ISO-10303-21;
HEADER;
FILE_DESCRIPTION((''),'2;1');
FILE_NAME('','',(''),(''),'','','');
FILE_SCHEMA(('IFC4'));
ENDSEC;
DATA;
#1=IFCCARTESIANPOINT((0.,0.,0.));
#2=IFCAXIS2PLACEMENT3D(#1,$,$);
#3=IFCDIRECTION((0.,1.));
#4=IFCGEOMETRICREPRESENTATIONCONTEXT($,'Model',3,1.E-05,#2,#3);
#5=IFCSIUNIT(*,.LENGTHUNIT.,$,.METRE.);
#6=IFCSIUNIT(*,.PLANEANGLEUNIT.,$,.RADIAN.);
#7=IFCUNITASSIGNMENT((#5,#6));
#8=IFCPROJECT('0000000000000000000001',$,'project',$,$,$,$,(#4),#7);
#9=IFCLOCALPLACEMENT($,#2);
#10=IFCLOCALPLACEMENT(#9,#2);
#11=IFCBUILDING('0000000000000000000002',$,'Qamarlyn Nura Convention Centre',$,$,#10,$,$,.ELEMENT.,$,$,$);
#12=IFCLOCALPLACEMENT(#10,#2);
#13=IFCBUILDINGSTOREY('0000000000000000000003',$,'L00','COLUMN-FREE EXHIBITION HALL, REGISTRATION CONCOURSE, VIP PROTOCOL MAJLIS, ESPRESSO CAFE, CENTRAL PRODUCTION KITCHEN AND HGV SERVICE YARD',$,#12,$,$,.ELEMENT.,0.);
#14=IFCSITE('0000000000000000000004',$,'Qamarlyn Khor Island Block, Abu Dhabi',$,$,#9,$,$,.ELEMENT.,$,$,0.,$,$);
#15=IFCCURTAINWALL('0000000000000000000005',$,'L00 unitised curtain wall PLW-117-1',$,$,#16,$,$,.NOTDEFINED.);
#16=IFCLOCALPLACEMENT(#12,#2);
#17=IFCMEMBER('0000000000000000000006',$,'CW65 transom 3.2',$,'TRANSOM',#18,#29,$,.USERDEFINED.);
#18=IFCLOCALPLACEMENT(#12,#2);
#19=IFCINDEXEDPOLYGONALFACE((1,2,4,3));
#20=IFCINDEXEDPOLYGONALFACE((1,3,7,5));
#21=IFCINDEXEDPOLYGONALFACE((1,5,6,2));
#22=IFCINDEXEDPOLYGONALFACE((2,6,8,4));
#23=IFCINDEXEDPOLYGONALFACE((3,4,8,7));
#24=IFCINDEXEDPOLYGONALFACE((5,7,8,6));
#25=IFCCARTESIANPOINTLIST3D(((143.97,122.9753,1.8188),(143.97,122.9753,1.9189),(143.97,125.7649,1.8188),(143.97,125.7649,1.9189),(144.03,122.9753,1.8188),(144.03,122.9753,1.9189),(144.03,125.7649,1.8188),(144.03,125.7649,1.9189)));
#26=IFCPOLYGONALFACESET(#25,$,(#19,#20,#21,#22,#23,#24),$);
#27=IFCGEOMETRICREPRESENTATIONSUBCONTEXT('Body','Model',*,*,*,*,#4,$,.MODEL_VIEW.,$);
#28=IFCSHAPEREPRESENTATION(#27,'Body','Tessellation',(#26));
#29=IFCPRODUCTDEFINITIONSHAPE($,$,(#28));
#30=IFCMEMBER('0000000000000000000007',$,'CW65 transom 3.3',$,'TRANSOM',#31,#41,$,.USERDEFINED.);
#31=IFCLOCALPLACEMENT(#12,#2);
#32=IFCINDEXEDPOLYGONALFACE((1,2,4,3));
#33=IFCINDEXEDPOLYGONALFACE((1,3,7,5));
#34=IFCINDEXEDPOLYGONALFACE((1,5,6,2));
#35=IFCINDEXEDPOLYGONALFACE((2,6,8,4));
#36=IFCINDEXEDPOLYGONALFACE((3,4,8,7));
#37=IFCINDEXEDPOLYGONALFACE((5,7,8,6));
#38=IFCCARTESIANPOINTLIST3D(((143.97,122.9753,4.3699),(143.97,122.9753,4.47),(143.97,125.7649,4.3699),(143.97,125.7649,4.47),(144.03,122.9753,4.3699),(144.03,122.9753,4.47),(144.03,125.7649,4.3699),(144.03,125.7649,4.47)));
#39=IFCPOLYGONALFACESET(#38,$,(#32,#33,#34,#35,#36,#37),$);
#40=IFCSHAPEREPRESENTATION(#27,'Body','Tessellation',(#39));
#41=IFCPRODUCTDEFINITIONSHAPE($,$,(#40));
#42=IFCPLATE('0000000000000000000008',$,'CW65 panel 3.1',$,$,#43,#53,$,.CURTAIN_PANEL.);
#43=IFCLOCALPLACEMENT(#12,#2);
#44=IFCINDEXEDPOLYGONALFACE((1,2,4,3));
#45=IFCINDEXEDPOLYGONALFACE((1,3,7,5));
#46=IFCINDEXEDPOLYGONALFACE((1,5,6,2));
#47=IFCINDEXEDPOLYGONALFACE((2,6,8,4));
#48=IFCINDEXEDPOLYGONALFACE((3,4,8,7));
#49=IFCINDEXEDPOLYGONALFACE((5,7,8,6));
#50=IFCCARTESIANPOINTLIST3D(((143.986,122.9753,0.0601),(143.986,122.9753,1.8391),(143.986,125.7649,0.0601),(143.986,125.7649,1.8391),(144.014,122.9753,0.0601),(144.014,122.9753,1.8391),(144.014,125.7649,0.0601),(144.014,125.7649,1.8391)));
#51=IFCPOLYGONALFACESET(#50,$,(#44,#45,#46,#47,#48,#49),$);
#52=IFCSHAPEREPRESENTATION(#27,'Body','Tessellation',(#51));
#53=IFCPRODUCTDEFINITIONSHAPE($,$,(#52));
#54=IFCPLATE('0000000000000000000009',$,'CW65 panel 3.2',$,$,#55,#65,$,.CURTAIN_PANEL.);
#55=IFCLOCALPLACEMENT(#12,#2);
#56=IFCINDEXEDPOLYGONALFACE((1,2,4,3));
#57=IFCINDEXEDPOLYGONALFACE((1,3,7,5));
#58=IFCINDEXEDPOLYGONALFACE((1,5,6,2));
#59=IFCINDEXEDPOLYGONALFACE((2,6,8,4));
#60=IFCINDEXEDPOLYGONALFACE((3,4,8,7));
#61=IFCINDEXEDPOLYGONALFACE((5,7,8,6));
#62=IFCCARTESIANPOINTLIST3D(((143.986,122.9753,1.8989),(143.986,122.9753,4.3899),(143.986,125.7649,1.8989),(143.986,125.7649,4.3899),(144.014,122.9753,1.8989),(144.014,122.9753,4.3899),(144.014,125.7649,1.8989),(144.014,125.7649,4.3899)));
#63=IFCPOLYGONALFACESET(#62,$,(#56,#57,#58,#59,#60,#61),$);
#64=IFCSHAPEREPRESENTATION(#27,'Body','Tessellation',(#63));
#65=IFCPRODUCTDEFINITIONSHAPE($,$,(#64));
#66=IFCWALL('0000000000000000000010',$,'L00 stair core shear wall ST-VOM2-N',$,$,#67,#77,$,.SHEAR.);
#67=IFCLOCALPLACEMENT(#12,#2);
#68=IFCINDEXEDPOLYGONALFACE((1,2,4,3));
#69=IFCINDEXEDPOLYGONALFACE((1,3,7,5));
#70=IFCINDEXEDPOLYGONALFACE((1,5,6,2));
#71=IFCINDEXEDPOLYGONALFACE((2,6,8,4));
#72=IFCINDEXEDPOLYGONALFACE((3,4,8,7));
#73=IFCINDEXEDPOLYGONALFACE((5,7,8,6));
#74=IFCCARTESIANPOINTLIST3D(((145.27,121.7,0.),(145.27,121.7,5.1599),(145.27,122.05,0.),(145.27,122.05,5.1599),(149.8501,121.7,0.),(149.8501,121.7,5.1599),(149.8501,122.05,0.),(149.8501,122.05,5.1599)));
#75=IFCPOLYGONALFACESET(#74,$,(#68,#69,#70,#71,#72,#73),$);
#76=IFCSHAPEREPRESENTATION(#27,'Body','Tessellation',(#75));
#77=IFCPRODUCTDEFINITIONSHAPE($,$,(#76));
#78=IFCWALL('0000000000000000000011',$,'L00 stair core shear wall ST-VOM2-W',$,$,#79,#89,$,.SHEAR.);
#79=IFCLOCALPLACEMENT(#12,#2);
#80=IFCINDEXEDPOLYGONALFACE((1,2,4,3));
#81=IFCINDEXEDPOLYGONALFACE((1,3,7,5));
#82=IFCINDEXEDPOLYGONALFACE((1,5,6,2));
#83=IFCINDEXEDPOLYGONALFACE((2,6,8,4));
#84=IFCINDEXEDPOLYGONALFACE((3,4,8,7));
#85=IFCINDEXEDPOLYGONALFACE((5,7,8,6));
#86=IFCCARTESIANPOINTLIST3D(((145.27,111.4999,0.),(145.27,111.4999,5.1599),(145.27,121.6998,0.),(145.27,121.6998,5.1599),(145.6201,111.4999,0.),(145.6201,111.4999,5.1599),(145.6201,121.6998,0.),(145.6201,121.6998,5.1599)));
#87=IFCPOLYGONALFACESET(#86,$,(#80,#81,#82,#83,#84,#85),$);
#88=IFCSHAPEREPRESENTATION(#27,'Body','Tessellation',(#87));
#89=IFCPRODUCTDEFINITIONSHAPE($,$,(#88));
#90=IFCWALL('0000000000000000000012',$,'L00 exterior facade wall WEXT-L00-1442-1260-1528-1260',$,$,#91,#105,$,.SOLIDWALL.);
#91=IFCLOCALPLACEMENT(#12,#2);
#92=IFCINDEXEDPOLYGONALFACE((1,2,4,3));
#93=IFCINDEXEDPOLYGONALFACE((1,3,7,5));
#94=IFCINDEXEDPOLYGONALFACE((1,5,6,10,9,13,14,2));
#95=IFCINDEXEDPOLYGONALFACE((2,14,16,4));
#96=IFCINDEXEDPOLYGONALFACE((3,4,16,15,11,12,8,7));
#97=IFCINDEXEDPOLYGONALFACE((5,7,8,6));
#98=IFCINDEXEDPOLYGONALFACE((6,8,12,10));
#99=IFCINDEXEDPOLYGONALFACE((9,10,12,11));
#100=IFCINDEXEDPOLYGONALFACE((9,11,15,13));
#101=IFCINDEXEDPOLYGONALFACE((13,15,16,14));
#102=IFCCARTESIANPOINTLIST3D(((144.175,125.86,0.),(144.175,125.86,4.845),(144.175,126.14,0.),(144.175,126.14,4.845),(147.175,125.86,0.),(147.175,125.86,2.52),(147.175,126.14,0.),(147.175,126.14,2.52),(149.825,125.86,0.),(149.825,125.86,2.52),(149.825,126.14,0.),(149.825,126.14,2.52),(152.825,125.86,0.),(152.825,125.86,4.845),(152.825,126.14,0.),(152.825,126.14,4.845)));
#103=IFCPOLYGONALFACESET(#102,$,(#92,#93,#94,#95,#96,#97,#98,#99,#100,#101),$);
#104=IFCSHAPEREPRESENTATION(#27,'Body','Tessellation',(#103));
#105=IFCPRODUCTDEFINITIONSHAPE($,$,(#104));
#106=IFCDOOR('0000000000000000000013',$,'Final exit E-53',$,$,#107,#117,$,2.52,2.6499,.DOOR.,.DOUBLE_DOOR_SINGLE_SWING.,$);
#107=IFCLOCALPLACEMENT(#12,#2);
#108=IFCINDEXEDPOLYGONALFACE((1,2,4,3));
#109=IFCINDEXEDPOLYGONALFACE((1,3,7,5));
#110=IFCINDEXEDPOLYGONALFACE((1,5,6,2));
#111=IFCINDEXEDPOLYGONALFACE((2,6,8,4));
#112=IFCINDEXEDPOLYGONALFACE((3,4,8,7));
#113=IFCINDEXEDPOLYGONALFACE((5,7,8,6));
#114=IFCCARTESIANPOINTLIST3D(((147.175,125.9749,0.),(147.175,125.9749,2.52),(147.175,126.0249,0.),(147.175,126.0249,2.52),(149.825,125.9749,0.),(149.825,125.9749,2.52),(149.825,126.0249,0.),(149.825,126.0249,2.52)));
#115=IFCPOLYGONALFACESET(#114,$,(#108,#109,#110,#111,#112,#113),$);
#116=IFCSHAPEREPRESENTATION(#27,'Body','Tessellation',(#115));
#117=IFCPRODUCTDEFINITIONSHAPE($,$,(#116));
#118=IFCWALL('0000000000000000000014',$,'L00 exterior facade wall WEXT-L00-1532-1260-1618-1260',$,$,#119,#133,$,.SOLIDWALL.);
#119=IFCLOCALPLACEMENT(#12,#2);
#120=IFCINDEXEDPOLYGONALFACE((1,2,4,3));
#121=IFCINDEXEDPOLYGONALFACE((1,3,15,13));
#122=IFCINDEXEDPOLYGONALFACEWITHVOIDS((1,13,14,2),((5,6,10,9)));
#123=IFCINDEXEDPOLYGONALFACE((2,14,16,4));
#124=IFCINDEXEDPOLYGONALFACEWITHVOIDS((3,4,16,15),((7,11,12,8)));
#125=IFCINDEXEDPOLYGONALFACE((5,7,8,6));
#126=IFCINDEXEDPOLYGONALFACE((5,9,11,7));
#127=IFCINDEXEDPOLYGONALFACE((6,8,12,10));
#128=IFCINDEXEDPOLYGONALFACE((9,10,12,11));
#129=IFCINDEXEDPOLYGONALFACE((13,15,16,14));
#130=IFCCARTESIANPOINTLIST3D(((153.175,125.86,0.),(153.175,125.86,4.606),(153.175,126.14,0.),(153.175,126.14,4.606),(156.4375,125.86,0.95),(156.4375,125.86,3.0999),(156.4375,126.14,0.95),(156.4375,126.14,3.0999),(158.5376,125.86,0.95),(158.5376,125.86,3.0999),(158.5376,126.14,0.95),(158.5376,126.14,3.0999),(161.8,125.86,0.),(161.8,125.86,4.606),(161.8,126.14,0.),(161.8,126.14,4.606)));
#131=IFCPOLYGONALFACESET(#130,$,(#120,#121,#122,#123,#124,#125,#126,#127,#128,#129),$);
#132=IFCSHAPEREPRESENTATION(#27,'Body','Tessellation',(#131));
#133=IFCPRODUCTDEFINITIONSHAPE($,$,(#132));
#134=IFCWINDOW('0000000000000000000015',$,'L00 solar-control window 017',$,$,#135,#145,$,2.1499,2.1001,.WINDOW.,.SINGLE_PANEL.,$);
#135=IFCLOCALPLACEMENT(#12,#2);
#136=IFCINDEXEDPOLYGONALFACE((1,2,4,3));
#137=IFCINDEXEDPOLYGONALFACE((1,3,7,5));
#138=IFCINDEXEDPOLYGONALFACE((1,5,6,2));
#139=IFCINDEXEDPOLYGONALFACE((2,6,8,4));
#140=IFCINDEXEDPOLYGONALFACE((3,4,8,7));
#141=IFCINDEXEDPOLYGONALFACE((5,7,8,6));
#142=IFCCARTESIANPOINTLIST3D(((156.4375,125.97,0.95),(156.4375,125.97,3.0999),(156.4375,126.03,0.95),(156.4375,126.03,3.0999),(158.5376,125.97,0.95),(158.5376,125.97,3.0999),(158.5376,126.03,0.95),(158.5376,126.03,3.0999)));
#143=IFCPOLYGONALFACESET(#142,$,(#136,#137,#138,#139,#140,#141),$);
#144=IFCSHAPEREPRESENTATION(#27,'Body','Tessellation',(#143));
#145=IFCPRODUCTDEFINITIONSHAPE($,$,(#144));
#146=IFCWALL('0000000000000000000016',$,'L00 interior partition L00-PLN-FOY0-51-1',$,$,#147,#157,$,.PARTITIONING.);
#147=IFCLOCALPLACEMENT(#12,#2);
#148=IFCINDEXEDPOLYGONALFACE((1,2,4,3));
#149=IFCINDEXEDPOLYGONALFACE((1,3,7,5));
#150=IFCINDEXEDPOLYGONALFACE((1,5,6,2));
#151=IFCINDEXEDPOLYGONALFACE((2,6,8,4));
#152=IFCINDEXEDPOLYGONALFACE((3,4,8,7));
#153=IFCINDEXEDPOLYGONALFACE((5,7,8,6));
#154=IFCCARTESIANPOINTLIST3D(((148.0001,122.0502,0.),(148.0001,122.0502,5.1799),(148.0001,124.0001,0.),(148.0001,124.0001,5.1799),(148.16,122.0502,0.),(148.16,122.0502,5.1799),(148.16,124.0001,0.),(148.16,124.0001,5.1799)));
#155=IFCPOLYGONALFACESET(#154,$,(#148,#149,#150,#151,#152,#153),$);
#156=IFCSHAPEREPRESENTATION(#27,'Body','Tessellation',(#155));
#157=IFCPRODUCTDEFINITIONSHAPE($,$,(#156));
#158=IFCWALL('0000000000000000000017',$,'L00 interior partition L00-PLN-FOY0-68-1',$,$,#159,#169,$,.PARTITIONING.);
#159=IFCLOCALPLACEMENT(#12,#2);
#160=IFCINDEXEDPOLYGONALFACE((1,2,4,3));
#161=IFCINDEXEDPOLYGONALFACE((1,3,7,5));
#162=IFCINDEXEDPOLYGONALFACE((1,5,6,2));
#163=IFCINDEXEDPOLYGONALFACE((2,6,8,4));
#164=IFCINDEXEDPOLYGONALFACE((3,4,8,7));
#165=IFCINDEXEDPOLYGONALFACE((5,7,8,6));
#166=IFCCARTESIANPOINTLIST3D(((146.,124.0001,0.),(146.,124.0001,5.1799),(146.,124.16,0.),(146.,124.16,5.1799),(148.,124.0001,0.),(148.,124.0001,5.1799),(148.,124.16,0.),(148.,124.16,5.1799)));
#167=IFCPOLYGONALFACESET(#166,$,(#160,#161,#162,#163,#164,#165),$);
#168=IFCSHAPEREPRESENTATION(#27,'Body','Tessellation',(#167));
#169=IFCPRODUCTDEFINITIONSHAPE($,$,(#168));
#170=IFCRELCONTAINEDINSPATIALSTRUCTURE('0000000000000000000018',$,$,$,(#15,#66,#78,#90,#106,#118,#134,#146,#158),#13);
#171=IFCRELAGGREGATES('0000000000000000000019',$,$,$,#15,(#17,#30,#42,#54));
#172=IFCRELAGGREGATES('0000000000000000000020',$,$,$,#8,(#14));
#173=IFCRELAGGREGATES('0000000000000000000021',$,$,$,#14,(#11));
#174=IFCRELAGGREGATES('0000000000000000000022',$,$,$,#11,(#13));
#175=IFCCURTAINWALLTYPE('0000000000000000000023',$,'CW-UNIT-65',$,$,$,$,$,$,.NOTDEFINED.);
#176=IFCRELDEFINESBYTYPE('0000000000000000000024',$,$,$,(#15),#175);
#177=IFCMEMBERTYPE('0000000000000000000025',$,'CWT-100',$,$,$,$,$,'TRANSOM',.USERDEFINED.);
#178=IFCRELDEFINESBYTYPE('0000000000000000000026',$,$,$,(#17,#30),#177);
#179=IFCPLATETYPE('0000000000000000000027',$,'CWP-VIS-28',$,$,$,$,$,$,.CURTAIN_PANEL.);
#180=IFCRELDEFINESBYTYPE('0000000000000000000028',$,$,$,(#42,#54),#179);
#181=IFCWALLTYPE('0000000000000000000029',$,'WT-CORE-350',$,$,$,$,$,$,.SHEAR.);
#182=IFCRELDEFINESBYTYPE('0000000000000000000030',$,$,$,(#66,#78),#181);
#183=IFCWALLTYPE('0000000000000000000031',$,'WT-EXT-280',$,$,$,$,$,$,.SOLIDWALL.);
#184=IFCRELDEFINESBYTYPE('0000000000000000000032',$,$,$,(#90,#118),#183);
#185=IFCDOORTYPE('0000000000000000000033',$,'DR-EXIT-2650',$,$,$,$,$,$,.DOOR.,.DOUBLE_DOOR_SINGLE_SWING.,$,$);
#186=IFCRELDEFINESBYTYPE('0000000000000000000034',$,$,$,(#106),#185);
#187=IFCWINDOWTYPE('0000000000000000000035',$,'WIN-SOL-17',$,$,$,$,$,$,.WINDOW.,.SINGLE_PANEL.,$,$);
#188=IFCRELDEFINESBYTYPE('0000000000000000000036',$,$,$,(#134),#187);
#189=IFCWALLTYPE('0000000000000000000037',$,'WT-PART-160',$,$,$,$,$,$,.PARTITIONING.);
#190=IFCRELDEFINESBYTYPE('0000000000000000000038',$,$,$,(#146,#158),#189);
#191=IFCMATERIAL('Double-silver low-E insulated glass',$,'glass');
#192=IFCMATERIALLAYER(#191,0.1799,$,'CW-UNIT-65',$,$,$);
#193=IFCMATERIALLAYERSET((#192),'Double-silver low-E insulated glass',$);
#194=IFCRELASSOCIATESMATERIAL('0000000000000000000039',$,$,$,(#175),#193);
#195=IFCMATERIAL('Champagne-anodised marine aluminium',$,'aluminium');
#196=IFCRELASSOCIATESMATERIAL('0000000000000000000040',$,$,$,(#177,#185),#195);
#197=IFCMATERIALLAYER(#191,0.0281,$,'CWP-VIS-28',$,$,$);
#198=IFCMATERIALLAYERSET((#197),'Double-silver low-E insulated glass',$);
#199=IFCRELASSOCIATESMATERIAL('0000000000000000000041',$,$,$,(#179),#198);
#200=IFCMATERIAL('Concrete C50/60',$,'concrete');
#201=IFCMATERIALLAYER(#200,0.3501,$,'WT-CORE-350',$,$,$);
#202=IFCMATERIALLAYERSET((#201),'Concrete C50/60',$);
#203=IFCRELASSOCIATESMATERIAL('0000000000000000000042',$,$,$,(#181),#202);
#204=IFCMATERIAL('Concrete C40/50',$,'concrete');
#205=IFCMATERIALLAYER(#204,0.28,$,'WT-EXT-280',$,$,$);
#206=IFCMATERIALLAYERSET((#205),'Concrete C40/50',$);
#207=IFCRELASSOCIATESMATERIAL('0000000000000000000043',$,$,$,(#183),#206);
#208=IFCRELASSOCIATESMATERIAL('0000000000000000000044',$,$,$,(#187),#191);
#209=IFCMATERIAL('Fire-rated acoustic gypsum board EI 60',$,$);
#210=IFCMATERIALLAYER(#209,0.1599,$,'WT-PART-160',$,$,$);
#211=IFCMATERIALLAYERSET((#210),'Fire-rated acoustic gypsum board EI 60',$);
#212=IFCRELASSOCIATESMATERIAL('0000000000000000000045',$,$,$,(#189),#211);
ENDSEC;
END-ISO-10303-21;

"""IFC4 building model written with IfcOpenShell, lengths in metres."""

from ifc_helpers import new_model, si_unit, direction, frame, frame_2d, origin, origin_2d, place, context, subcontext, project, spatial, rectangle, extrude, material, layer, layer_set, material_profile, profile_set, type_object, element, fill, aggregate, save


model = new_model("IFC4")

# Units and contexts
model_context = context("Model", 3, precision=1e-05, world=origin(), true_north=direction((0.0, 1.0)))
body_context = subcontext(model_context, "Body", "Model", "MODEL_VIEW")
ifc_project = project(units=[si_unit("LENGTHUNIT", "METRE"), si_unit("PLANEANGLEUNIT", "RADIAN")], contexts=[model_context])

# Site, building, storey
site_placement = place(None, origin())
site = spatial("IfcSite", under=ifc_project, at=site_placement, Name="Qamarlyn Khor Island Block, Abu Dhabi", CompositionType="ELEMENT", RefElevation=0.0)
building_placement = place(site_placement, origin())
building = spatial("IfcBuilding", under=site, at=building_placement, Name="Qamarlyn Nura Convention Centre", CompositionType="ELEMENT")
storey_placement = place(building_placement, origin())
storey = spatial("IfcBuildingStorey", under=building, at=storey_placement, Name="L00", Description="COLUMN-FREE EXHIBITION HALL, REGISTRATION CONCOURSE, VIP PROTOCOL MAJLIS, ESPRESSO CAFE, CENTRAL PRODUCTION KITCHEN AND HGV SERVICE YARD", CompositionType="ELEMENT", Elevation=0.0)

# Curtain wall, members, plates
ifc_material_1 = material(Name="Double-silver low-E insulated glass", Category="glass")
ifc_layer_1 = layer(ifc_material_1, 0.1799, Name="CW-UNIT-65")
ifc_layer_set_1 = layer_set([ifc_layer_1], Name="Double-silver low-E insulated glass")
curtain_wall_type = type_object("IfcCurtainWallType", Name="CW-UNIT-65", PredefinedType="NOTDEFINED", material=ifc_layer_set_1)
curtain_wall_placement = place(storey_placement, origin())
curtain_wall = element("IfcCurtainWall", 1, at=curtain_wall_placement, inside=storey, type_object=curtain_wall_type, Name="L00 unitised curtain wall PLW-117-1", PredefinedType="NOTDEFINED")
ifc_material_2 = material(Name="Champagne-anodised marine aluminium", Category="aluminium")
ifc_material_profile_1 = material_profile(ifc_material_2, rectangle(XDim=0.0601, YDim=0.1001, at=origin_2d()), Name="ALU TRANSOM 60x100")
ifc_profile_set_1 = profile_set([ifc_material_profile_1], Name="Champagne-anodised marine aluminium")
member_type_1 = type_object("IfcMemberType", Name="CWT-100", ElementType="TRANSOM", PredefinedType="USERDEFINED", material=ifc_profile_set_1)
member_1_placement = place(storey_placement, frame((144.0, 122.9753, 1.8689), z_axis=(0.0, 1.0, 0.0), x_axis=(-1.0, 0.0, 0.0)))
member_1 = element("IfcMember", 2, at=member_1_placement, type_object=member_type_1, Name="CW65 transom 3.2", ObjectType="TRANSOM", PredefinedType="USERDEFINED", context=body_context, shape_type="SweptSolid", body=[
    extrude(rectangle(XDim=0.0601, YDim=0.1001, at=origin_2d()), origin(), (0.0, 0.0, 1.0), 2.7896),
])
member_2_placement = place(storey_placement, frame((144.0, 122.9753, 4.4199), z_axis=(0.0, 1.0, 0.0), x_axis=(-1.0, 0.0, 0.0)))
member_2 = element("IfcMember", 3, at=member_2_placement, type_object=member_type_1, Name="CW65 transom 3.3", ObjectType="TRANSOM", PredefinedType="USERDEFINED", context=body_context, shape_type="SweptSolid", body=[
    extrude(rectangle(XDim=0.0601, YDim=0.1001, at=origin_2d()), origin(), (0.0, 0.0, 1.0), 2.7896),
])
ifc_layer_2 = layer(ifc_material_1, 0.0281, Name="CWP-VIS-28")
ifc_layer_set_2 = layer_set([ifc_layer_2], Name="Double-silver low-E insulated glass")
plate_type = type_object("IfcPlateType", Name="CWP-VIS-28", PredefinedType="CURTAIN_PANEL", material=ifc_layer_set_2)
plate_1_placement = place(storey_placement, frame((144.0, 124.3701, 0.0601), z_axis=(0.0, 0.0, 1.0), x_axis=(0.0, 1.0, 0.0)))
plate_1 = element("IfcPlate", 4, at=plate_1_placement, type_object=plate_type, Name="CW65 panel 3.1", PredefinedType="CURTAIN_PANEL", context=body_context, shape_type="SweptSolid", body=[
    extrude(rectangle(XDim=2.7896, YDim=0.0281, at=origin_2d()), origin(), (0.0, 0.0, 1.0), 1.7791),
])
plate_2_placement = place(storey_placement, frame((144.0, 124.3701, 1.8989), z_axis=(0.0, 0.0, 1.0), x_axis=(0.0, 1.0, 0.0)))
plate_2 = element("IfcPlate", 5, at=plate_2_placement, type_object=plate_type, Name="CW65 panel 3.2", PredefinedType="CURTAIN_PANEL", context=body_context, shape_type="SweptSolid", body=[
    extrude(rectangle(XDim=2.7896, YDim=0.0281, at=origin_2d()), origin(), (0.0, 0.0, 1.0), 2.491),
])
aggregate(curtain_wall, [member_1, member_2, plate_1, plate_2])

# Walls
ifc_material_3 = material(Name="Concrete C50/60", Category="concrete")
ifc_layer_3 = layer(ifc_material_3, 0.3501, Name="WT-CORE-350")
ifc_layer_set_3 = layer_set([ifc_layer_3], Name="Concrete C50/60")
wall_type_1 = type_object("IfcWallType", Name="WT-CORE-350", PredefinedType="SHEAR", material=ifc_layer_set_3)
wall_1_placement = place(storey_placement, frame((149.8501, 121.875, 0.0), z_axis=(0.0, 0.0, 1.0), x_axis=(-1.0, 0.0, 0.0)))
element("IfcWall", 6, at=wall_1_placement, inside=storey, type_object=wall_type_1, Name="L00 stair core shear wall ST-VOM2-N", PredefinedType="SHEAR", context=body_context, shape_type="SweptSolid", body=[
    extrude(rectangle(XDim=4.5801, YDim=0.3501, at=frame_2d((2.29, 0.0))), origin(), (0.0, 0.0, 1.0), 5.1599),
])
wall_2_placement = place(storey_placement, frame((145.4451, 121.7, 0.0), z_axis=(0.0, 0.0, 1.0), x_axis=(0.0, -1.0, 0.0)))
element("IfcWall", 7, at=wall_2_placement, inside=storey, type_object=wall_type_1, Name="L00 stair core shear wall ST-VOM2-W", PredefinedType="SHEAR", context=body_context, shape_type="SweptSolid", body=[
    extrude(rectangle(XDim=10.2, YDim=0.3501, at=frame_2d((5.1001, 0.0))), origin(), (0.0, 0.0, 1.0), 5.1599),
])

# Wall, opening, door
ifc_material_4 = material(Name="Concrete C40/50", Category="concrete")
ifc_layer_4 = layer(ifc_material_4, 0.28, Name="WT-EXT-280")
ifc_layer_set_4 = layer_set([ifc_layer_4], Name="Concrete C40/50")
wall_type_2 = type_object("IfcWallType", Name="WT-EXT-280", PredefinedType="SOLIDWALL", material=ifc_layer_set_4)
wall_3_placement = place(storey_placement, frame((144.175, 126.0, 0.0), z_axis=(0.0, 0.0, 1.0), x_axis=(1.0, 0.0, 0.0)))
wall_3 = element("IfcWall", 8, at=wall_3_placement, inside=storey, type_object=wall_type_2, Name="L00 exterior facade wall WEXT-L00-1442-1260-1528-1260", PredefinedType="SOLIDWALL", context=body_context, shape_type="SweptSolid", body=[
    extrude(rectangle(XDim=8.6499, YDim=0.28, at=frame_2d((4.325, 0.0))), origin(), (0.0, 0.0, 1.0), 4.845),
])
opening_1_placement = place(wall_3_placement, frame((3.0, 0.0, 0.0)))
opening_1 = element("IfcOpeningElement", 9, at=opening_1_placement, cuts=wall_3, PredefinedType="OPENING", context=body_context, shape_type="SweptSolid", body=[
    extrude(rectangle(XDim=2.6499, YDim=2.52, at=frame_2d((1.325, 1.26))), frame((0.0, 0.1499, 0.0), z_axis=(0.0, -1.0, 0.0), x_axis=(1.0, 0.0, 0.0)), (0.0, 0.0, 1.0), 0.3),
])
door_type = type_object("IfcDoorType", Name="DR-EXIT-2650", OperationType="DOUBLE_DOOR_SINGLE_SWING", PredefinedType="DOOR", material=ifc_material_2)
door_placement = place(opening_1_placement, origin())
door = element("IfcDoor", 10, at=door_placement, inside=storey, type_object=door_type, Name="Final exit E-53", OperationType="DOUBLE_DOOR_SINGLE_SWING", OverallHeight=2.52, OverallWidth=2.6499, PredefinedType="DOOR", context=body_context, shape_type="SweptSolid", body=[
    extrude(rectangle(XDim=2.6499, YDim=2.52, at=frame_2d((1.325, 1.26))), frame((0.0, 0.0249, 0.0), z_axis=(0.0, -1.0, 0.0), x_axis=(1.0, 0.0, 0.0)), (0.0, 0.0, 1.0), 0.05),
])
fill(opening_1, door)

# Wall, opening, window
wall_4_placement = place(storey_placement, frame((153.175, 126.0, 0.0), z_axis=(0.0, 0.0, 1.0), x_axis=(1.0, 0.0, 0.0)))
wall_4 = element("IfcWall", 11, at=wall_4_placement, inside=storey, type_object=wall_type_2, Name="L00 exterior facade wall WEXT-L00-1532-1260-1618-1260", PredefinedType="SOLIDWALL", context=body_context, shape_type="SweptSolid", body=[
    extrude(rectangle(XDim=8.625, YDim=0.28, at=frame_2d((4.3125, 0.0))), origin(), (0.0, 0.0, 1.0), 4.606),
])
opening_2_placement = place(wall_4_placement, frame((3.2625, 0.0, 0.95)))
opening_2 = element("IfcOpeningElement", 12, at=opening_2_placement, cuts=wall_4, PredefinedType="OPENING", context=body_context, shape_type="SweptSolid", body=[
    extrude(rectangle(XDim=2.1001, YDim=2.1499, at=frame_2d((1.05, 1.075))), frame((0.0, 0.1499, 0.0), z_axis=(0.0, -1.0, 0.0), x_axis=(1.0, 0.0, 0.0)), (0.0, 0.0, 1.0), 0.3),
])
window_type = type_object("IfcWindowType", Name="WIN-SOL-17", PartitioningType="SINGLE_PANEL", PredefinedType="WINDOW", material=ifc_material_1)
window_placement = place(opening_2_placement, origin())
window = element("IfcWindow", 13, at=window_placement, inside=storey, type_object=window_type, Name="L00 solar-control window 017", OverallHeight=2.1499, OverallWidth=2.1001, PartitioningType="SINGLE_PANEL", PredefinedType="WINDOW", context=body_context, shape_type="SweptSolid", body=[
    extrude(rectangle(XDim=2.1001, YDim=2.1499, at=frame_2d((1.05, 1.075))), frame((0.0, 0.03, 0.0), z_axis=(0.0, -1.0, 0.0), x_axis=(1.0, 0.0, 0.0)), (0.0, 0.0, 1.0), 0.0601),
])
fill(opening_2, window)

# Walls
ifc_material_5 = material(Name="Fire-rated acoustic gypsum board EI 60")
ifc_layer_5 = layer(ifc_material_5, 0.1599, Name="WT-PART-160")
ifc_layer_set_5 = layer_set([ifc_layer_5], Name="Fire-rated acoustic gypsum board EI 60")
wall_type_3 = type_object("IfcWallType", Name="WT-PART-160", PredefinedType="PARTITIONING", material=ifc_layer_set_5)
wall_5_placement = place(storey_placement, frame((148.0801, 122.05, 0.0), z_axis=(0.0, 0.0, 1.0), x_axis=(0.0, 1.0, 0.0)))
element("IfcWall", 14, at=wall_5_placement, inside=storey, type_object=wall_type_3, Name="L00 interior partition L00-PLN-FOY0-51-1", PredefinedType="PARTITIONING", context=body_context, shape_type="SweptSolid", body=[
    extrude(rectangle(XDim=1.95, YDim=0.1599, at=frame_2d((0.9751, 0.0))), origin(), (0.0, 0.0, 1.0), 5.1799),
])
wall_6_placement = place(storey_placement, frame((148.0, 124.0801, 0.0), z_axis=(0.0, 0.0, 1.0), x_axis=(-1.0, 0.0, 0.0)))
element("IfcWall", 15, at=wall_6_placement, inside=storey, type_object=wall_type_3, Name="L00 interior partition L00-PLN-FOY0-68-1", PredefinedType="PARTITIONING", context=body_context, shape_type="SweptSolid", body=[
    extrude(rectangle(XDim=2.0, YDim=0.1599, at=frame_2d((1.0, 0.0))), origin(), (0.0, 0.0, 1.0), 5.1799),
])

save(model, "model.ifc")
